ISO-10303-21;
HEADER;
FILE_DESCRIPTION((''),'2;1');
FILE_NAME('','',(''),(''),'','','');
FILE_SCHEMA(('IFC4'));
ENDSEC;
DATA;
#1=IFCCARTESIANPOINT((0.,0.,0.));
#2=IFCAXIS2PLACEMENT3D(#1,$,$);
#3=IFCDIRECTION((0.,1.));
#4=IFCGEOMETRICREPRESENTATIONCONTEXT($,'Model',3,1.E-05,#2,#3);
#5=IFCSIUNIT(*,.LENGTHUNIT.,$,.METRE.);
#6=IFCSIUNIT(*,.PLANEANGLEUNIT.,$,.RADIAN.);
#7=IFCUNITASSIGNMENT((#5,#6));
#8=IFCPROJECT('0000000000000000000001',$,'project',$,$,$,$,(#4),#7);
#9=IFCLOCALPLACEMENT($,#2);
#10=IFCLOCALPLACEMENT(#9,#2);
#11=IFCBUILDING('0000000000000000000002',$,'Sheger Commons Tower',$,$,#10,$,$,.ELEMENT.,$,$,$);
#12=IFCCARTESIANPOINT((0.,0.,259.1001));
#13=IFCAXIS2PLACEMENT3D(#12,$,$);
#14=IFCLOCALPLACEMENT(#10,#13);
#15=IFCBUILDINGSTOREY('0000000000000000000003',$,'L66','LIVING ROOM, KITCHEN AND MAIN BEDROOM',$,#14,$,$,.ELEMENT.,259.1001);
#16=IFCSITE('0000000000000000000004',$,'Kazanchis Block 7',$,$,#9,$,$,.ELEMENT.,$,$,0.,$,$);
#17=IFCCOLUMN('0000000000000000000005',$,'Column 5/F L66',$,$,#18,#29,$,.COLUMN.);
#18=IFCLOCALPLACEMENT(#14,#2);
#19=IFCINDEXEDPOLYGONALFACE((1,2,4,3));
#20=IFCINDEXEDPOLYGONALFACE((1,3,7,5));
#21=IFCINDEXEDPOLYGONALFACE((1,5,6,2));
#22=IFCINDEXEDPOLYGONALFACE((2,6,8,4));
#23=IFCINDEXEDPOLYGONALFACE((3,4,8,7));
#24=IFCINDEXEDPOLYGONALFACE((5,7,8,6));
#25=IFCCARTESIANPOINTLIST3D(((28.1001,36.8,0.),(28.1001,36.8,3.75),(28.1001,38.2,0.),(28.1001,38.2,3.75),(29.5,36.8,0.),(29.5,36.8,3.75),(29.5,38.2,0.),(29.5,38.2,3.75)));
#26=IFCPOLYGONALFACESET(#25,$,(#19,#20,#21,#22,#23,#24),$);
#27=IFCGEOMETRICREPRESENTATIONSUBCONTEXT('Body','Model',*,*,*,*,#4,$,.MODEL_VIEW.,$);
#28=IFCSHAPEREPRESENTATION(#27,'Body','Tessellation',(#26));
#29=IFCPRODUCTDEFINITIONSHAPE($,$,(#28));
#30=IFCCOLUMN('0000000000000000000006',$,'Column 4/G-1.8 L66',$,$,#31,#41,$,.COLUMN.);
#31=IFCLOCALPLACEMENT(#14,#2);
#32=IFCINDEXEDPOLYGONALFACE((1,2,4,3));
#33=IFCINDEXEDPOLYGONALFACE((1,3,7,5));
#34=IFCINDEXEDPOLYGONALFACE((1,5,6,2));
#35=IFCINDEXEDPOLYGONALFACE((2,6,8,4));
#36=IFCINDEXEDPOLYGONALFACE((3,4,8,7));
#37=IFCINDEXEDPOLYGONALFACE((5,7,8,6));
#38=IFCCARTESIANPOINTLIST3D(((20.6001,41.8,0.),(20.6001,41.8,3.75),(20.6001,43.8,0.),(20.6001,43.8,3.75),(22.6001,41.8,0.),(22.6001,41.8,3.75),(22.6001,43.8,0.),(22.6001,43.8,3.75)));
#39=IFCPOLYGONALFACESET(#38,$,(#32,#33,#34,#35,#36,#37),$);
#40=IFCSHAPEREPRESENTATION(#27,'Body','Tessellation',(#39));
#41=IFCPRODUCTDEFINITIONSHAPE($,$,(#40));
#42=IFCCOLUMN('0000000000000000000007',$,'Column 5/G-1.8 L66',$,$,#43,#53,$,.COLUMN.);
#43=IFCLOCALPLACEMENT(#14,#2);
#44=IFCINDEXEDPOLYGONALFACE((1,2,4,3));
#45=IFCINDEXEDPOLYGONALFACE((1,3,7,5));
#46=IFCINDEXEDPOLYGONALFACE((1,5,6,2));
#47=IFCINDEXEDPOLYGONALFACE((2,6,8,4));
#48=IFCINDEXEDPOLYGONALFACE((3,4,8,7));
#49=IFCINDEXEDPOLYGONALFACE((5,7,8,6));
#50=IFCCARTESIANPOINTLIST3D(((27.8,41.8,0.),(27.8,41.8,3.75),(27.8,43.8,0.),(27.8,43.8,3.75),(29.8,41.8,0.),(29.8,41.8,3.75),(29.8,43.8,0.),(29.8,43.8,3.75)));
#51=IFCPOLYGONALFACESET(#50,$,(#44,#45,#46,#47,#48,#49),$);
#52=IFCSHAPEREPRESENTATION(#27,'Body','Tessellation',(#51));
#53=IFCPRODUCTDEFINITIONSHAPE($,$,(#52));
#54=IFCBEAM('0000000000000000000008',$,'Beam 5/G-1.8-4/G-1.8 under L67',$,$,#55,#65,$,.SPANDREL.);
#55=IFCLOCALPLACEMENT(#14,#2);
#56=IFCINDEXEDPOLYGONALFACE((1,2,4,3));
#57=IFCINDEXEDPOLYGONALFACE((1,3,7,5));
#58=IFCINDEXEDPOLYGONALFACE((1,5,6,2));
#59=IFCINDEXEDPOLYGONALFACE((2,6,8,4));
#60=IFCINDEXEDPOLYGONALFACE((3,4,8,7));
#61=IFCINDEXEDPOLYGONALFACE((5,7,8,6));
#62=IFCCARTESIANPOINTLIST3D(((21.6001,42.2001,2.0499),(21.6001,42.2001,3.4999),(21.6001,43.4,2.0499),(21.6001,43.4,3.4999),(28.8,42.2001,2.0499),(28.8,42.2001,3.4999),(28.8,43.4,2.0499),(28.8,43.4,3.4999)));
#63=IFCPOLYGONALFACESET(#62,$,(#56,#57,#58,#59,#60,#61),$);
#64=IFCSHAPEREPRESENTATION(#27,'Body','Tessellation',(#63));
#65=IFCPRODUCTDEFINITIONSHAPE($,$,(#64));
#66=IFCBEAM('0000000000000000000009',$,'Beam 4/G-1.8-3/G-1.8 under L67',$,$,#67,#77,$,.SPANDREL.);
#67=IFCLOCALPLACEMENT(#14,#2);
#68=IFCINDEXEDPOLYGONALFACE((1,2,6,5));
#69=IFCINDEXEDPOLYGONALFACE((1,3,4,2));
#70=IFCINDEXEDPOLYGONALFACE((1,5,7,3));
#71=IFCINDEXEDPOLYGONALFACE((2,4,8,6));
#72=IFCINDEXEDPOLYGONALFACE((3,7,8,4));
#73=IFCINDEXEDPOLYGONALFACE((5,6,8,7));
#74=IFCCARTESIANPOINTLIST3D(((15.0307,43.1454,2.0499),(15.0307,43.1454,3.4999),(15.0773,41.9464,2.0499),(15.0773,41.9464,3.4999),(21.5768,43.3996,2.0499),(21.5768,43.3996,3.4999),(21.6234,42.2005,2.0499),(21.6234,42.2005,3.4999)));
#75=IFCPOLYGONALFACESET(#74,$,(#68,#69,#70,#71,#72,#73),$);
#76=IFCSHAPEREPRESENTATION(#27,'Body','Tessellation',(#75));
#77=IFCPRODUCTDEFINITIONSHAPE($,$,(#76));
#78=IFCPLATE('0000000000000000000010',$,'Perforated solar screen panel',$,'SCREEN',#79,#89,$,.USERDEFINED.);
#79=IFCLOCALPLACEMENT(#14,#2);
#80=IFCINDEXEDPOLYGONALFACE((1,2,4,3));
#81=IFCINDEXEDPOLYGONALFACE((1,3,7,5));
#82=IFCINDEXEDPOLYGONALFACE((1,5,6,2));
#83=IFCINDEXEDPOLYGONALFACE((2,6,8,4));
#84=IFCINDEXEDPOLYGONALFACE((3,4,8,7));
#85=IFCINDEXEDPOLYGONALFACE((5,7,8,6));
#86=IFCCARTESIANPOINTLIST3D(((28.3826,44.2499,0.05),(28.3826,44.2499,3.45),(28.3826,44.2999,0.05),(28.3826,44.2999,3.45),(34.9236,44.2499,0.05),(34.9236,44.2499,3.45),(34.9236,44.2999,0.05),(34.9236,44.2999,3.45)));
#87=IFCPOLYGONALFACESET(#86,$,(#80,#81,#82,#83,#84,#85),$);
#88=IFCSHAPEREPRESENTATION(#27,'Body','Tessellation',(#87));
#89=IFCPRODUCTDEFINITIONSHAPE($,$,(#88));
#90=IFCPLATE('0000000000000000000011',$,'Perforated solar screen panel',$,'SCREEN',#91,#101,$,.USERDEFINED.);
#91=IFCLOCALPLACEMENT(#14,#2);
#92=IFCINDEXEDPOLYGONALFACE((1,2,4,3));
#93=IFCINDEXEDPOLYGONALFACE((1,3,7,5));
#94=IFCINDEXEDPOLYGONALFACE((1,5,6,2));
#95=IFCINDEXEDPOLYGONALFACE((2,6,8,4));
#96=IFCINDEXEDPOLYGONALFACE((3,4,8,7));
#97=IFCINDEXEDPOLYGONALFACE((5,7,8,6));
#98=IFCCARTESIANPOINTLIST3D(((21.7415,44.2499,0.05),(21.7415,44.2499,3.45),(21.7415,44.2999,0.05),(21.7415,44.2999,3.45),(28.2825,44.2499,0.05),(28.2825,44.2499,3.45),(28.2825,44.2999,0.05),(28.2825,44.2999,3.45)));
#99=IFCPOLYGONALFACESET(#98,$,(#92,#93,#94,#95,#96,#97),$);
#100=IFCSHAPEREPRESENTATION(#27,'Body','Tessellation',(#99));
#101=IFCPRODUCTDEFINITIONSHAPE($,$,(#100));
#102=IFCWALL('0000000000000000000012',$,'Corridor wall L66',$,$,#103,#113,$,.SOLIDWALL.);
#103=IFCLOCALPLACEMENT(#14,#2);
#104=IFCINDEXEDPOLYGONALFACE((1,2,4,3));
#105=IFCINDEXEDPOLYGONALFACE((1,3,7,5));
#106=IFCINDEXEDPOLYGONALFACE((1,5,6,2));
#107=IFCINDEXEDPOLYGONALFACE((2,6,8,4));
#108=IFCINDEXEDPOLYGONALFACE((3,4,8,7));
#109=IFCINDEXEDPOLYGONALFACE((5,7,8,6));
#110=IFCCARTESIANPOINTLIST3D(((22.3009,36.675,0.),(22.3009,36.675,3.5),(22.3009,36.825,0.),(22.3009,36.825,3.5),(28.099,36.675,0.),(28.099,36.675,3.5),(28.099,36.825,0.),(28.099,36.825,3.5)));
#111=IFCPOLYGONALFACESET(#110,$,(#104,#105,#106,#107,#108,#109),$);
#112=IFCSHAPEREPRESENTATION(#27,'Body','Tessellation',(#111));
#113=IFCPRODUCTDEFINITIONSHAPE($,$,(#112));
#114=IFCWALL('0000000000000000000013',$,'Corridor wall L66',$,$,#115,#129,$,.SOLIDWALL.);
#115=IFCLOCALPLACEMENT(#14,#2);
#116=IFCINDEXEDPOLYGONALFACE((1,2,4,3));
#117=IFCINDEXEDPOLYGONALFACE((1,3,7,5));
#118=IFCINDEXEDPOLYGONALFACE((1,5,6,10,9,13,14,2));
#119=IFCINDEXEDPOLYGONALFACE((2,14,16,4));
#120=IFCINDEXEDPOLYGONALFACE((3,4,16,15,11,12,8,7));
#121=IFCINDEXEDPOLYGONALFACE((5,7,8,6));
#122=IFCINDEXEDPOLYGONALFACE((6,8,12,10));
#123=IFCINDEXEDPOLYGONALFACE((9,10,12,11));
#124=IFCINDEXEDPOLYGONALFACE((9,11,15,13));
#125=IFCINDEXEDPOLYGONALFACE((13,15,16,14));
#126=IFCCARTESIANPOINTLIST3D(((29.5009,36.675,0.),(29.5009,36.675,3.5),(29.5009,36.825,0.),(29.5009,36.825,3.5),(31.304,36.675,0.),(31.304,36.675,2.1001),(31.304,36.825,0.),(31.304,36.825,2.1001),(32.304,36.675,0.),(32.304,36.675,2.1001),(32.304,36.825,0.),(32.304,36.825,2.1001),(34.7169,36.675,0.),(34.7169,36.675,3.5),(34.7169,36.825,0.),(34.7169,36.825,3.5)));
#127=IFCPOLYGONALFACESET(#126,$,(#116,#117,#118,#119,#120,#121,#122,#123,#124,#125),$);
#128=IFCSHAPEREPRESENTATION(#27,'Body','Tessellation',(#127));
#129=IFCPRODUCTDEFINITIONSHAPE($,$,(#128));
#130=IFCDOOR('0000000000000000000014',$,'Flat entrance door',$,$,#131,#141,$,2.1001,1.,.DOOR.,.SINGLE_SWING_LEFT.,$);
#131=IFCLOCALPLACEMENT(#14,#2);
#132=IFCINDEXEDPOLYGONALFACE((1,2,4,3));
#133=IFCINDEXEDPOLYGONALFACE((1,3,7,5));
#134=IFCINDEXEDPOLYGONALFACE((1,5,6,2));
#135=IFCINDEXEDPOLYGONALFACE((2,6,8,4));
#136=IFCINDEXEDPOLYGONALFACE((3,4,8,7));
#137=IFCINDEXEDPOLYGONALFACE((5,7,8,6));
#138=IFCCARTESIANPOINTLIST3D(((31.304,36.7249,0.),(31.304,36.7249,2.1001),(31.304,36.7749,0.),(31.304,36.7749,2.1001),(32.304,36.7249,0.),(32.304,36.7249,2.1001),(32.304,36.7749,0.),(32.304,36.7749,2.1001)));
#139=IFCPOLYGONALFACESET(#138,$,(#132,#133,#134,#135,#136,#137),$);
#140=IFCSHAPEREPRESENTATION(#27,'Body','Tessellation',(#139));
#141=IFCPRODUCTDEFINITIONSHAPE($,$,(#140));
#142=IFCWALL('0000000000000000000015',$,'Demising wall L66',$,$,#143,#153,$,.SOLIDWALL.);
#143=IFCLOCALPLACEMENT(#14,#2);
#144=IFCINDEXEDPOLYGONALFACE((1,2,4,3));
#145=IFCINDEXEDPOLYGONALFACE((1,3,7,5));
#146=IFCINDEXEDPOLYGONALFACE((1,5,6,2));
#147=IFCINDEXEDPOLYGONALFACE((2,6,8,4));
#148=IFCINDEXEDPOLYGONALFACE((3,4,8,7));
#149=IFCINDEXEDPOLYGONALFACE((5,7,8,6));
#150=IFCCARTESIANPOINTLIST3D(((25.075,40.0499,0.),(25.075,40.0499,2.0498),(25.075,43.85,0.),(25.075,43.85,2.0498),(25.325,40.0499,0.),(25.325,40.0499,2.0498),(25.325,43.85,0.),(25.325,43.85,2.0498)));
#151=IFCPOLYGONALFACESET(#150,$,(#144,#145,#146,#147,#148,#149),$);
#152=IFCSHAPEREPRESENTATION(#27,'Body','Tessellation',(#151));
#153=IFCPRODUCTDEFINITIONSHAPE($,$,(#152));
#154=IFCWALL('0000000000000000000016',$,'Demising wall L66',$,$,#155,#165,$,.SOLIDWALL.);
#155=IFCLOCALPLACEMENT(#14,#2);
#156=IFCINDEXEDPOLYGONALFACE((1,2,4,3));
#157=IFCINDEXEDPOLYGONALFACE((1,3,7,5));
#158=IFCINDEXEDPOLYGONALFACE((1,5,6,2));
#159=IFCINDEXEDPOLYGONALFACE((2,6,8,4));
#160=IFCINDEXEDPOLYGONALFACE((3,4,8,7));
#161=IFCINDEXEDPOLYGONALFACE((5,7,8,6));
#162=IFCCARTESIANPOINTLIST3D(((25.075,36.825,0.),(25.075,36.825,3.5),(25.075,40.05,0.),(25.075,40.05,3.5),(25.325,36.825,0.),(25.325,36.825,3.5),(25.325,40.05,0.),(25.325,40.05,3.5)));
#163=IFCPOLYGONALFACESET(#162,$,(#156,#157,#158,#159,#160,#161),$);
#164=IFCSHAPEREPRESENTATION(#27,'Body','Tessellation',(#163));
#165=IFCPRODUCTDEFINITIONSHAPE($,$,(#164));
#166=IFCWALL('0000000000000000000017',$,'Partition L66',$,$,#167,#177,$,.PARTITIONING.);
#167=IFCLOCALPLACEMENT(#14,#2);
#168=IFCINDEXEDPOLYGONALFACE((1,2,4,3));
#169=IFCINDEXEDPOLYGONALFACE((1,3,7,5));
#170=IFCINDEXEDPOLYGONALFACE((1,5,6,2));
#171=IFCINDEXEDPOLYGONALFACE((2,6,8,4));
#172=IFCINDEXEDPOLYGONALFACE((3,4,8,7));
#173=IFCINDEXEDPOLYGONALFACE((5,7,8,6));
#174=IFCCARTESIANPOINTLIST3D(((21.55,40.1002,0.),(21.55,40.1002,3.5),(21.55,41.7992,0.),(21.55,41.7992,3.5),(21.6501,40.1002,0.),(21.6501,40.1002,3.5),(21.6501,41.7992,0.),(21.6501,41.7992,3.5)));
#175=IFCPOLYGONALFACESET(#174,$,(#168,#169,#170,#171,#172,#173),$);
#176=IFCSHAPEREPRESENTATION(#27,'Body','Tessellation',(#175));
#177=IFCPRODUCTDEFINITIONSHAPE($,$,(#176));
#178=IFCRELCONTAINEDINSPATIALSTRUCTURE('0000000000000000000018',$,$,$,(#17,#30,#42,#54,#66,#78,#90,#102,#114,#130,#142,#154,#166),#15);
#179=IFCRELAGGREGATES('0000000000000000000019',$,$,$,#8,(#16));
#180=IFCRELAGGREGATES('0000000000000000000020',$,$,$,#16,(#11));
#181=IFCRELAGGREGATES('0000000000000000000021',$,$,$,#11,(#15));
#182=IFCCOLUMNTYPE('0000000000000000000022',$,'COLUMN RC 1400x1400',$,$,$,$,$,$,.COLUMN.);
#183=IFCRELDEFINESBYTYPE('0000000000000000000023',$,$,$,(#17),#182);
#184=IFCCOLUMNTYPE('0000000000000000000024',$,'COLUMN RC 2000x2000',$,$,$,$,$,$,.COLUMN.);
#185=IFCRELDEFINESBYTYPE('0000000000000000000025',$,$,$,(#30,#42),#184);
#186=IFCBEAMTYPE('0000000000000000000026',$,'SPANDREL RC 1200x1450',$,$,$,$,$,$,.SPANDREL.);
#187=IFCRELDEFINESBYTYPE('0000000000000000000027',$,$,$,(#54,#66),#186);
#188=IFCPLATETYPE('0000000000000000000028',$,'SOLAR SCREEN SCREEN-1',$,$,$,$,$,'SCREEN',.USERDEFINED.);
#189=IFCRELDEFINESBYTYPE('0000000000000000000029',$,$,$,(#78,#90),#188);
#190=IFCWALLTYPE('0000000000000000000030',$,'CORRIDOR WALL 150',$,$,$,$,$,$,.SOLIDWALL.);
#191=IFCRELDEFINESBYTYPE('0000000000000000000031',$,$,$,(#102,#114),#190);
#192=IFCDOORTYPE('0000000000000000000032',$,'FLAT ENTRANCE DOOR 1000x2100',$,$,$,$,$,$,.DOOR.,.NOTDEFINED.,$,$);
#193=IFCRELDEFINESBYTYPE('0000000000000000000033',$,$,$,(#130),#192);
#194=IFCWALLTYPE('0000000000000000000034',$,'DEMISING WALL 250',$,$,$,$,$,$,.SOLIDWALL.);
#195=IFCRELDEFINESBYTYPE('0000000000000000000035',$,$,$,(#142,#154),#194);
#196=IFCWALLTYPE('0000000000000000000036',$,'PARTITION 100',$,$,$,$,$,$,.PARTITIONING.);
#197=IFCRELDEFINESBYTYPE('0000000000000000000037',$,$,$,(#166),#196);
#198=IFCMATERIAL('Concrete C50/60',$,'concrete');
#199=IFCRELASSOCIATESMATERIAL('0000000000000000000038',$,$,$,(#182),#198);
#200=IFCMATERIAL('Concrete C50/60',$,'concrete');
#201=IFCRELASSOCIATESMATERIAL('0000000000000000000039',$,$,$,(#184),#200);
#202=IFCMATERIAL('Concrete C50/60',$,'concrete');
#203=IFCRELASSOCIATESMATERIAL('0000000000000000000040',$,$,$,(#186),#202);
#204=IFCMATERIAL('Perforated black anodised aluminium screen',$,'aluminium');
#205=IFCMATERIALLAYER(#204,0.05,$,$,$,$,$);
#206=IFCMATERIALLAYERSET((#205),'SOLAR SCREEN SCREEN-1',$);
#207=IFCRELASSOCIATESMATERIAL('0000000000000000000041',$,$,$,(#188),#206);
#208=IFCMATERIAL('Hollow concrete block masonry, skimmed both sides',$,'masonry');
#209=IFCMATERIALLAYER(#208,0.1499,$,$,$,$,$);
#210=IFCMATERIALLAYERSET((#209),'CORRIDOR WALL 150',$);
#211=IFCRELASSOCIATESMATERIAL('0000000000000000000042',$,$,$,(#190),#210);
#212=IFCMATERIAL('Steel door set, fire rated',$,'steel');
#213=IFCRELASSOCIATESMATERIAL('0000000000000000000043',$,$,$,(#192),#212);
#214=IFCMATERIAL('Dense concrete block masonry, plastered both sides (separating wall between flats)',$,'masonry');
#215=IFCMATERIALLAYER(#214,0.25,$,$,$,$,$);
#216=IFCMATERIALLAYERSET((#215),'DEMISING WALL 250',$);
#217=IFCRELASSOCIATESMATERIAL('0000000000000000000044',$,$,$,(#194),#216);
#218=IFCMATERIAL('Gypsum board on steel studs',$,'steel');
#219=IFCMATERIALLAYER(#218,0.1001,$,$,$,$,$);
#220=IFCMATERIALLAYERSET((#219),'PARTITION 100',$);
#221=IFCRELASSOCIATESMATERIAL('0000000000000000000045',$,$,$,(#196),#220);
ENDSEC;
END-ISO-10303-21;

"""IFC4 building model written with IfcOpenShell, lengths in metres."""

from ifc_helpers import new_model, si_unit, direction, frame, frame_2d, origin, origin_2d, place, context, subcontext, project, spatial, rectangle, extrude, material, layer, layer_set, material_profile, profile_set, type_object, element, fill, save


model = new_model("IFC4")

# Units and contexts
model_context = context("Model", 3, precision=1e-05, world=origin(), true_north=direction((0.0, 1.0)))
body_context = subcontext(model_context, "Body", "Model", "MODEL_VIEW")
ifc_project = project(units=[si_unit("LENGTHUNIT", "METRE"), si_unit("PLANEANGLEUNIT", "RADIAN")], contexts=[model_context])

# Site, building, storey
site_placement = place(None, origin())
site = spatial("IfcSite", under=ifc_project, at=site_placement, Name="Kazanchis Block 7", CompositionType="ELEMENT", RefElevation=0.0)
building_placement = place(site_placement, origin())
building = spatial("IfcBuilding", under=site, at=building_placement, Name="Sheger Commons Tower", CompositionType="ELEMENT")
storey_placement = place(building_placement, frame((0.0, 0.0, 259.1001)))
storey = spatial("IfcBuildingStorey", under=building, at=storey_placement, Name="L66", Description="LIVING ROOM, KITCHEN AND MAIN BEDROOM", CompositionType="ELEMENT", Elevation=259.1001)

# Columns
ifc_material_1 = material(Name="Concrete C50/60", Category="concrete")
ifc_material_profile_1 = material_profile(ifc_material_1, rectangle(XDim=1.3999, YDim=1.3999, at=origin_2d()), Name="RC 1400x1400")
ifc_profile_set_1 = profile_set([ifc_material_profile_1], Name="Concrete C50/60")
column_type_1 = type_object("IfcColumnType", Name="COLUMN RC 1400x1400", PredefinedType="COLUMN", material=ifc_profile_set_1)
column_placement = place(storey_placement, frame((28.8, 37.5, 0.0), z_axis=(0.0, 0.0, 1.0), x_axis=(1.0, 0.0, 0.0)))
element("IfcColumn", 1, at=column_placement, inside=storey, type_object=column_type_1, Name="Column 5/F L66", PredefinedType="COLUMN", context=body_context, shape_type="SweptSolid", body=[
    extrude(rectangle(XDim=1.3999, YDim=1.3999, at=origin_2d()), origin(), (0.0, 0.0, 1.0), 3.75),
])
ifc_material_2 = material(Name="Concrete C50/60", Category="concrete")
ifc_material_profile_2 = material_profile(ifc_material_2, rectangle(XDim=2.0, YDim=2.0, at=origin_2d()), Name="RC 2000x2000")
ifc_profile_set_2 = profile_set([ifc_material_profile_2], Name="Concrete C50/60")
column_type_2 = type_object("IfcColumnType", Name="COLUMN RC 2000x2000", PredefinedType="COLUMN", material=ifc_profile_set_2)
for number, where, z_axis, x_axis, name in (
    (2, (21.6001, 42.8, 0.0), (0.0, 0.0, 1.0), (1.0, 0.0, 0.0), "Column 4/G-1.8 L66"),
    (3, (28.8, 42.8, 0.0), (0.0, 0.0, 1.0), (1.0, 0.0, 0.0), "Column 5/G-1.8 L66"),
):
    element("IfcColumn", number, at=place(storey_placement, frame(where, z_axis=z_axis, x_axis=x_axis)), inside=storey, type_object=column_type_2, Name=name, PredefinedType="COLUMN", context=body_context, shape_type="SweptSolid", body=[
        extrude(rectangle(XDim=2.0, YDim=2.0, at=origin_2d()), origin(), (0.0, 0.0, 1.0), 3.75),
    ])

# Beams
ifc_material_3 = material(Name="Concrete C50/60", Category="concrete")
ifc_material_profile_3 = material_profile(ifc_material_3, rectangle(XDim=1.2, YDim=1.45, at=origin_2d()), Name="RC 1200x1450")
ifc_profile_set_3 = profile_set([ifc_material_profile_3], Name="Concrete C50/60")
beam_type = type_object("IfcBeamType", Name="SPANDREL RC 1200x1450", PredefinedType="SPANDREL", material=ifc_profile_set_3)
beam_1_placement = place(storey_placement, frame((28.8, 42.8, 2.7749), z_axis=(-1.0, 0.0, 0.0), x_axis=(0.0, -1.0, 0.0)))
element("IfcBeam", 4, at=beam_1_placement, inside=storey, type_object=beam_type, Name="Beam 5/G-1.8-4/G-1.8 under L67", PredefinedType="SPANDREL", context=body_context, shape_type="SweptSolid", body=[
    extrude(rectangle(XDim=1.2, YDim=1.45, at=origin_2d()), origin(), (0.0, 0.0, 1.0), 7.2),
])
beam_2_placement = place(storey_placement, frame((21.6001, 42.8, 2.7749), z_axis=(-0.999247, -0.038795, 0.0), x_axis=(0.038795, -0.999247, 0.0)))
element("IfcBeam", 5, at=beam_2_placement, inside=storey, type_object=beam_type, Name="Beam 4/G-1.8-3/G-1.8 under L67", PredefinedType="SPANDREL", context=body_context, shape_type="SweptSolid", body=[
    extrude(rectangle(XDim=1.2, YDim=1.45, at=origin_2d()), origin(), (0.0, 0.0, 1.0), 6.551),
])

# Plates
ifc_material_4 = material(Name="Perforated black anodised aluminium screen", Category="aluminium")
ifc_layer_1 = layer(ifc_material_4, 0.05)
ifc_layer_set_1 = layer_set([ifc_layer_1], Name="SOLAR SCREEN SCREEN-1")
plate_type = type_object("IfcPlateType", Name="SOLAR SCREEN SCREEN-1", ElementType="SCREEN", PredefinedType="USERDEFINED", material=ifc_layer_set_1)
for number, where, z_axis, x_axis, name in (
    (6, (31.6531, 44.2749, 0.05), (0.0, 0.0, 1.0), (-1.0, 0.0, 0.0), "Perforated solar screen panel"),
    (7, (25.012, 44.2749, 0.05), (0.0, 0.0, 1.0), (-1.0, 0.0, 0.0), "Perforated solar screen panel"),
):
    element("IfcPlate", number, at=place(storey_placement, frame(where, z_axis=z_axis, x_axis=x_axis)), inside=storey, type_object=plate_type, Name=name, ObjectType="SCREEN", PredefinedType="USERDEFINED", context=body_context, shape_type="SweptSolid", body=[
        extrude(rectangle(XDim=6.541, YDim=0.05, at=origin_2d()), origin(), (0.0, 0.0, 1.0), 3.3999),
    ])

# Wall
ifc_material_5 = material(Name="Hollow concrete block masonry, skimmed both sides", Category="masonry")
ifc_layer_2 = layer(ifc_material_5, 0.1499)
ifc_layer_set_2 = layer_set([ifc_layer_2], Name="CORRIDOR WALL 150")
wall_type_1 = type_object("IfcWallType", Name="CORRIDOR WALL 150", PredefinedType="SOLIDWALL", material=ifc_layer_set_2)
wall_1_placement = place(storey_placement, frame((22.301, 36.75, 0.0), z_axis=(0.0, 0.0, 1.0), x_axis=(1.0, 0.0, 0.0)))
element("IfcWall", 8, at=wall_1_placement, inside=storey, type_object=wall_type_1, Name="Corridor wall L66", PredefinedType="SOLIDWALL", context=body_context, shape_type="SweptSolid", body=[
    extrude(rectangle(XDim=5.7981, YDim=0.1499, at=frame_2d((2.8989, 0.0))), origin(), (0.0, 0.0, 1.0), 3.5),
])

# Wall, opening, door
wall_2_placement = place(storey_placement, frame((29.501, 36.75, 0.0), z_axis=(0.0, 0.0, 1.0), x_axis=(1.0, 0.0, 0.0)))
wall_2 = element("IfcWall", 9, at=wall_2_placement, inside=storey, type_object=wall_type_1, Name="Corridor wall L66", PredefinedType="SOLIDWALL", context=body_context, shape_type="SweptSolid", body=[
    extrude(rectangle(XDim=5.2161, YDim=0.1499, at=frame_2d((2.6079, 0.0))), origin(), (0.0, 0.0, 1.0), 3.5),
])
opening_1_placement = place(wall_2_placement, frame((1.803, 0.0, 0.0)))
opening_1 = element("IfcOpeningElement", 10, at=opening_1_placement, cuts=wall_2, PredefinedType="OPENING", context=body_context, shape_type="SweptSolid", body=[
    extrude(rectangle(XDim=1.0, YDim=2.1001, at=frame_2d((0.5, 1.05))), frame((0.0, 0.085, 0.0), z_axis=(0.0, -1.0, 0.0), x_axis=(1.0, 0.0, 0.0)), (0.0, 0.0, 1.0), 0.1699),
])
ifc_material_6 = material(Name="Steel door set, fire rated", Category="steel")
door_type_1 = type_object("IfcDoorType", Name="FLAT ENTRANCE DOOR 1000x2100", OperationType="NOTDEFINED", PredefinedType="DOOR", material=ifc_material_6)
door_1_placement = place(opening_1_placement, origin())
door_1 = element("IfcDoor", 11, at=door_1_placement, inside=storey, type_object=door_type_1, Name="Flat entrance door", OperationType="SINGLE_SWING_LEFT", OverallHeight=2.1001, OverallWidth=1.0, PredefinedType="DOOR", context=body_context, shape_type="SweptSolid", body=[
    extrude(rectangle(XDim=1.0, YDim=2.1001, at=frame_2d((0.5, 1.05))), frame((0.0, 0.0249, 0.0), z_axis=(0.0, -1.0, 0.0), x_axis=(1.0, 0.0, 0.0)), (0.0, 0.0, 1.0), 0.05),
])
fill(opening_1, door_1)

# Walls
ifc_material_7 = material(Name="Dense concrete block masonry, plastered both sides (separating wall between flats)", Category="masonry")
ifc_layer_3 = layer(ifc_material_7, 0.25)
ifc_layer_set_3 = layer_set([ifc_layer_3], Name="DEMISING WALL 250")
wall_type_2 = type_object("IfcWallType", Name="DEMISING WALL 250", PredefinedType="SOLIDWALL", material=ifc_layer_set_3)
wall_3_placement = place(storey_placement, frame((25.2, 40.05, 0.0), z_axis=(0.0, 0.0, 1.0), x_axis=(0.0, 1.0, 0.0)))
element("IfcWall", 12, at=wall_3_placement, inside=storey, type_object=wall_type_2, Name="Demising wall L66", PredefinedType="SOLIDWALL", context=body_context, shape_type="SweptSolid", body=[
    extrude(rectangle(XDim=3.8, YDim=0.25, at=frame_2d((1.8999, 0.0))), origin(), (0.0, 0.0, 1.0), 2.0498),
])
wall_4_placement = place(storey_placement, frame((25.2, 36.825, 0.0), z_axis=(0.0, 0.0, 1.0), x_axis=(0.0, 1.0, 0.0)))
element("IfcWall", 13, at=wall_4_placement, inside=storey, type_object=wall_type_2, Name="Demising wall L66", PredefinedType="SOLIDWALL", context=body_context, shape_type="SweptSolid", body=[
    extrude(rectangle(XDim=3.2251, YDim=0.25, at=frame_2d((1.6125, 0.0))), origin(), (0.0, 0.0, 1.0), 3.5),
])
ifc_material_8 = material(Name="Gypsum board on steel studs", Category="steel")
ifc_layer_4 = layer(ifc_material_8, 0.1001)
ifc_layer_set_4 = layer_set([ifc_layer_4], Name="PARTITION 100")
wall_type_3 = type_object("IfcWallType", Name="PARTITION 100", PredefinedType="PARTITIONING", material=ifc_layer_set_4)
wall_5_placement = place(storey_placement, frame((21.6001, 40.1001, 0.0), z_axis=(0.0, 0.0, 1.0), x_axis=(0.0, 1.0, 0.0)))
element("IfcWall", 14, at=wall_5_placement, inside=storey, type_object=wall_type_3, Name="Partition L66", PredefinedType="PARTITIONING", context=body_context, shape_type="SweptSolid", body=[
    extrude(rectangle(XDim=1.699, YDim=0.1001, at=frame_2d((0.8496, 0.0))), origin(), (0.0, 0.0, 1.0), 3.5),
])

save(model, "model.ifc")
